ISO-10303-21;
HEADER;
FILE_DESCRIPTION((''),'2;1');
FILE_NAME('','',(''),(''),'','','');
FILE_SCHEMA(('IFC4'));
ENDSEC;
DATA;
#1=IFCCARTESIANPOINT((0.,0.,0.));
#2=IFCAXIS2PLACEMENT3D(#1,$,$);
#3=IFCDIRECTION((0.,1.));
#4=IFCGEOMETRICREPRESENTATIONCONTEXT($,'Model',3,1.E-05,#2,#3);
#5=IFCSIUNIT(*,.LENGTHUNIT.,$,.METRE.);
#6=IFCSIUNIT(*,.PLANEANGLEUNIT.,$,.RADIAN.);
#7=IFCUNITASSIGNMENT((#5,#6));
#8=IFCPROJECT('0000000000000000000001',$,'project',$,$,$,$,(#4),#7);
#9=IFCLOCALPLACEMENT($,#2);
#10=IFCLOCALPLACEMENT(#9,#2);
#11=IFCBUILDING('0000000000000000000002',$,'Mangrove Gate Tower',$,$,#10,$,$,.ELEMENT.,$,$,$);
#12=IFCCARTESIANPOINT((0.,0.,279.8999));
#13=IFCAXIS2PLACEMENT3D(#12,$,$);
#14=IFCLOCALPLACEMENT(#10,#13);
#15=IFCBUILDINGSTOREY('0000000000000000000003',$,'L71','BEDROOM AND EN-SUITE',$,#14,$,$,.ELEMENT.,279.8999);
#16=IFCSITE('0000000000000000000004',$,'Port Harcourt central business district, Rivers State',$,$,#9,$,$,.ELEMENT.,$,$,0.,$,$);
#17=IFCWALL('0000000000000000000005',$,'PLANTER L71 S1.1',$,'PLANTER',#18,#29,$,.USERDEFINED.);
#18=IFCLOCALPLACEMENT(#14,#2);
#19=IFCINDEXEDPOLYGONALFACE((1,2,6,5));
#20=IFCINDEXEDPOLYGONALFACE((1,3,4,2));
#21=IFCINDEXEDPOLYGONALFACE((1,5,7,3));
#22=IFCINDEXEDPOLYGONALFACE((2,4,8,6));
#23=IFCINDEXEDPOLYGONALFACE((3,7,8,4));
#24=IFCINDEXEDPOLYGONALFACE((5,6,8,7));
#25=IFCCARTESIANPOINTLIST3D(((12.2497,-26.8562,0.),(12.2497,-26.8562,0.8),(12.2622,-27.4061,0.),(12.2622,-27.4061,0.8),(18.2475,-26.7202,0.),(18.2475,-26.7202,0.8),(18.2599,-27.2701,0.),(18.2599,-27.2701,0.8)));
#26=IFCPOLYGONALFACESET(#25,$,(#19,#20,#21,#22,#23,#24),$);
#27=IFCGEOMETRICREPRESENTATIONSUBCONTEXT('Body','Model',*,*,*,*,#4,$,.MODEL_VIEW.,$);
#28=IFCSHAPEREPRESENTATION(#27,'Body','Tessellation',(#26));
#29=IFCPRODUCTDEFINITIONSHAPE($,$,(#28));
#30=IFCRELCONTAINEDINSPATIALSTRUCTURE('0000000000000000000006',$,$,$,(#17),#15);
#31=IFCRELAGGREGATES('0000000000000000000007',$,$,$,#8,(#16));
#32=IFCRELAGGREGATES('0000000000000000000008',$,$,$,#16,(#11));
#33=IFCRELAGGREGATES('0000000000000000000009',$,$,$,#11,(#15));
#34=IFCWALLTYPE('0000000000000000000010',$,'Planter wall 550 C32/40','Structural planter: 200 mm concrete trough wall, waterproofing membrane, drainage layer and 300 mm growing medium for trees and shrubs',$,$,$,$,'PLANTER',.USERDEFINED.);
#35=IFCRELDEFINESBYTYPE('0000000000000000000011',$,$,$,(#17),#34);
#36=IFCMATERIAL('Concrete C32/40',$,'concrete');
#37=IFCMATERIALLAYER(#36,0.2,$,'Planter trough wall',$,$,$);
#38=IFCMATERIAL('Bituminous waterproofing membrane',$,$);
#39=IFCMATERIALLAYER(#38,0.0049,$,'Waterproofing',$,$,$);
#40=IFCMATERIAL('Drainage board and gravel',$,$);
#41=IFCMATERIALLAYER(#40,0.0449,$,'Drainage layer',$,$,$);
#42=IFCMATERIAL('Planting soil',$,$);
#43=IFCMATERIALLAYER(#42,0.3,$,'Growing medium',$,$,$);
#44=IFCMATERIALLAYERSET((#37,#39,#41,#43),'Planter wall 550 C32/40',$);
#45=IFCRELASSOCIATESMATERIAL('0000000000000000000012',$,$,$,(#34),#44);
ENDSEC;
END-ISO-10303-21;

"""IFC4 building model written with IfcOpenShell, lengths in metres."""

from ifc_helpers import new_model, si_unit, direction, frame, frame_2d, origin, place, context, subcontext, project, spatial, rectangle, extrude, material, layer, layer_set, type_object, element, save


model = new_model("IFC4")

# Units and contexts
model_context = context("Model", 3, precision=1e-05, world=origin(), true_north=direction((0.0, 1.0)))
body_context = subcontext(model_context, "Body", "Model", "MODEL_VIEW")
ifc_project = project(units=[si_unit("LENGTHUNIT", "METRE"), si_unit("PLANEANGLEUNIT", "RADIAN")], contexts=[model_context])

# Site, building, storey
site_placement = place(None, origin())
site = spatial("IfcSite", under=ifc_project, at=site_placement, Name="Port Harcourt central business district, Rivers State", CompositionType="ELEMENT", RefElevation=0.0)
building_placement = place(site_placement, origin())
building = spatial("IfcBuilding", under=site, at=building_placement, Name="Mangrove Gate Tower", CompositionType="ELEMENT")
storey_placement = place(building_placement, frame((0.0, 0.0, 279.8999)))
storey = spatial("IfcBuildingStorey", under=building, at=storey_placement, Name="L71", Description="BEDROOM AND EN-SUITE", CompositionType="ELEMENT", Elevation=279.8999)

# Wall
ifc_material_1 = material(Name="Concrete C32/40", Category="concrete")
ifc_layer_1 = layer(ifc_material_1, 0.2, Name="Planter trough wall")
ifc_material_2 = material(Name="Bituminous waterproofing membrane")
ifc_layer_2 = layer(ifc_material_2, 0.0049, Name="Waterproofing")
ifc_material_3 = material(Name="Drainage board and gravel")
ifc_layer_3 = layer(ifc_material_3, 0.0449, Name="Drainage layer")
ifc_material_4 = material(Name="Planting soil")
ifc_layer_4 = layer(ifc_material_4, 0.3, Name="Growing medium")
ifc_layer_set_1 = layer_set([ifc_layer_1, ifc_layer_2, ifc_layer_3, ifc_layer_4], Name="Planter wall 550 C32/40")
wall_type_1 = type_object("IfcWallType", Name="Planter wall 550 C32/40", Description="Structural planter: 200 mm concrete trough wall, waterproofing membrane, drainage layer and 300 mm growing medium for trees and shrubs", ElementType="PLANTER", PredefinedType="USERDEFINED", material=ifc_layer_set_1)
wall_1_placement = place(storey_placement, frame((12.2561, -27.1311, 0.0), z_axis=(0.0, 0.0, 1.0), x_axis=(0.999743, 0.022667, 0.0)))
element("IfcWall", 1, at=wall_1_placement, inside=storey, type_object=wall_type_1, Name="PLANTER L71 S1.1", ObjectType="PLANTER", PredefinedType="USERDEFINED", context=body_context, shape_type="SweptSolid", body=[
    extrude(rectangle(XDim=5.9993, YDim=0.55, at=frame_2d((2.9995, 0.0))), origin(), (0.0, 0.0, 1.0), 0.8),
])

save(model, "model.ifc")
